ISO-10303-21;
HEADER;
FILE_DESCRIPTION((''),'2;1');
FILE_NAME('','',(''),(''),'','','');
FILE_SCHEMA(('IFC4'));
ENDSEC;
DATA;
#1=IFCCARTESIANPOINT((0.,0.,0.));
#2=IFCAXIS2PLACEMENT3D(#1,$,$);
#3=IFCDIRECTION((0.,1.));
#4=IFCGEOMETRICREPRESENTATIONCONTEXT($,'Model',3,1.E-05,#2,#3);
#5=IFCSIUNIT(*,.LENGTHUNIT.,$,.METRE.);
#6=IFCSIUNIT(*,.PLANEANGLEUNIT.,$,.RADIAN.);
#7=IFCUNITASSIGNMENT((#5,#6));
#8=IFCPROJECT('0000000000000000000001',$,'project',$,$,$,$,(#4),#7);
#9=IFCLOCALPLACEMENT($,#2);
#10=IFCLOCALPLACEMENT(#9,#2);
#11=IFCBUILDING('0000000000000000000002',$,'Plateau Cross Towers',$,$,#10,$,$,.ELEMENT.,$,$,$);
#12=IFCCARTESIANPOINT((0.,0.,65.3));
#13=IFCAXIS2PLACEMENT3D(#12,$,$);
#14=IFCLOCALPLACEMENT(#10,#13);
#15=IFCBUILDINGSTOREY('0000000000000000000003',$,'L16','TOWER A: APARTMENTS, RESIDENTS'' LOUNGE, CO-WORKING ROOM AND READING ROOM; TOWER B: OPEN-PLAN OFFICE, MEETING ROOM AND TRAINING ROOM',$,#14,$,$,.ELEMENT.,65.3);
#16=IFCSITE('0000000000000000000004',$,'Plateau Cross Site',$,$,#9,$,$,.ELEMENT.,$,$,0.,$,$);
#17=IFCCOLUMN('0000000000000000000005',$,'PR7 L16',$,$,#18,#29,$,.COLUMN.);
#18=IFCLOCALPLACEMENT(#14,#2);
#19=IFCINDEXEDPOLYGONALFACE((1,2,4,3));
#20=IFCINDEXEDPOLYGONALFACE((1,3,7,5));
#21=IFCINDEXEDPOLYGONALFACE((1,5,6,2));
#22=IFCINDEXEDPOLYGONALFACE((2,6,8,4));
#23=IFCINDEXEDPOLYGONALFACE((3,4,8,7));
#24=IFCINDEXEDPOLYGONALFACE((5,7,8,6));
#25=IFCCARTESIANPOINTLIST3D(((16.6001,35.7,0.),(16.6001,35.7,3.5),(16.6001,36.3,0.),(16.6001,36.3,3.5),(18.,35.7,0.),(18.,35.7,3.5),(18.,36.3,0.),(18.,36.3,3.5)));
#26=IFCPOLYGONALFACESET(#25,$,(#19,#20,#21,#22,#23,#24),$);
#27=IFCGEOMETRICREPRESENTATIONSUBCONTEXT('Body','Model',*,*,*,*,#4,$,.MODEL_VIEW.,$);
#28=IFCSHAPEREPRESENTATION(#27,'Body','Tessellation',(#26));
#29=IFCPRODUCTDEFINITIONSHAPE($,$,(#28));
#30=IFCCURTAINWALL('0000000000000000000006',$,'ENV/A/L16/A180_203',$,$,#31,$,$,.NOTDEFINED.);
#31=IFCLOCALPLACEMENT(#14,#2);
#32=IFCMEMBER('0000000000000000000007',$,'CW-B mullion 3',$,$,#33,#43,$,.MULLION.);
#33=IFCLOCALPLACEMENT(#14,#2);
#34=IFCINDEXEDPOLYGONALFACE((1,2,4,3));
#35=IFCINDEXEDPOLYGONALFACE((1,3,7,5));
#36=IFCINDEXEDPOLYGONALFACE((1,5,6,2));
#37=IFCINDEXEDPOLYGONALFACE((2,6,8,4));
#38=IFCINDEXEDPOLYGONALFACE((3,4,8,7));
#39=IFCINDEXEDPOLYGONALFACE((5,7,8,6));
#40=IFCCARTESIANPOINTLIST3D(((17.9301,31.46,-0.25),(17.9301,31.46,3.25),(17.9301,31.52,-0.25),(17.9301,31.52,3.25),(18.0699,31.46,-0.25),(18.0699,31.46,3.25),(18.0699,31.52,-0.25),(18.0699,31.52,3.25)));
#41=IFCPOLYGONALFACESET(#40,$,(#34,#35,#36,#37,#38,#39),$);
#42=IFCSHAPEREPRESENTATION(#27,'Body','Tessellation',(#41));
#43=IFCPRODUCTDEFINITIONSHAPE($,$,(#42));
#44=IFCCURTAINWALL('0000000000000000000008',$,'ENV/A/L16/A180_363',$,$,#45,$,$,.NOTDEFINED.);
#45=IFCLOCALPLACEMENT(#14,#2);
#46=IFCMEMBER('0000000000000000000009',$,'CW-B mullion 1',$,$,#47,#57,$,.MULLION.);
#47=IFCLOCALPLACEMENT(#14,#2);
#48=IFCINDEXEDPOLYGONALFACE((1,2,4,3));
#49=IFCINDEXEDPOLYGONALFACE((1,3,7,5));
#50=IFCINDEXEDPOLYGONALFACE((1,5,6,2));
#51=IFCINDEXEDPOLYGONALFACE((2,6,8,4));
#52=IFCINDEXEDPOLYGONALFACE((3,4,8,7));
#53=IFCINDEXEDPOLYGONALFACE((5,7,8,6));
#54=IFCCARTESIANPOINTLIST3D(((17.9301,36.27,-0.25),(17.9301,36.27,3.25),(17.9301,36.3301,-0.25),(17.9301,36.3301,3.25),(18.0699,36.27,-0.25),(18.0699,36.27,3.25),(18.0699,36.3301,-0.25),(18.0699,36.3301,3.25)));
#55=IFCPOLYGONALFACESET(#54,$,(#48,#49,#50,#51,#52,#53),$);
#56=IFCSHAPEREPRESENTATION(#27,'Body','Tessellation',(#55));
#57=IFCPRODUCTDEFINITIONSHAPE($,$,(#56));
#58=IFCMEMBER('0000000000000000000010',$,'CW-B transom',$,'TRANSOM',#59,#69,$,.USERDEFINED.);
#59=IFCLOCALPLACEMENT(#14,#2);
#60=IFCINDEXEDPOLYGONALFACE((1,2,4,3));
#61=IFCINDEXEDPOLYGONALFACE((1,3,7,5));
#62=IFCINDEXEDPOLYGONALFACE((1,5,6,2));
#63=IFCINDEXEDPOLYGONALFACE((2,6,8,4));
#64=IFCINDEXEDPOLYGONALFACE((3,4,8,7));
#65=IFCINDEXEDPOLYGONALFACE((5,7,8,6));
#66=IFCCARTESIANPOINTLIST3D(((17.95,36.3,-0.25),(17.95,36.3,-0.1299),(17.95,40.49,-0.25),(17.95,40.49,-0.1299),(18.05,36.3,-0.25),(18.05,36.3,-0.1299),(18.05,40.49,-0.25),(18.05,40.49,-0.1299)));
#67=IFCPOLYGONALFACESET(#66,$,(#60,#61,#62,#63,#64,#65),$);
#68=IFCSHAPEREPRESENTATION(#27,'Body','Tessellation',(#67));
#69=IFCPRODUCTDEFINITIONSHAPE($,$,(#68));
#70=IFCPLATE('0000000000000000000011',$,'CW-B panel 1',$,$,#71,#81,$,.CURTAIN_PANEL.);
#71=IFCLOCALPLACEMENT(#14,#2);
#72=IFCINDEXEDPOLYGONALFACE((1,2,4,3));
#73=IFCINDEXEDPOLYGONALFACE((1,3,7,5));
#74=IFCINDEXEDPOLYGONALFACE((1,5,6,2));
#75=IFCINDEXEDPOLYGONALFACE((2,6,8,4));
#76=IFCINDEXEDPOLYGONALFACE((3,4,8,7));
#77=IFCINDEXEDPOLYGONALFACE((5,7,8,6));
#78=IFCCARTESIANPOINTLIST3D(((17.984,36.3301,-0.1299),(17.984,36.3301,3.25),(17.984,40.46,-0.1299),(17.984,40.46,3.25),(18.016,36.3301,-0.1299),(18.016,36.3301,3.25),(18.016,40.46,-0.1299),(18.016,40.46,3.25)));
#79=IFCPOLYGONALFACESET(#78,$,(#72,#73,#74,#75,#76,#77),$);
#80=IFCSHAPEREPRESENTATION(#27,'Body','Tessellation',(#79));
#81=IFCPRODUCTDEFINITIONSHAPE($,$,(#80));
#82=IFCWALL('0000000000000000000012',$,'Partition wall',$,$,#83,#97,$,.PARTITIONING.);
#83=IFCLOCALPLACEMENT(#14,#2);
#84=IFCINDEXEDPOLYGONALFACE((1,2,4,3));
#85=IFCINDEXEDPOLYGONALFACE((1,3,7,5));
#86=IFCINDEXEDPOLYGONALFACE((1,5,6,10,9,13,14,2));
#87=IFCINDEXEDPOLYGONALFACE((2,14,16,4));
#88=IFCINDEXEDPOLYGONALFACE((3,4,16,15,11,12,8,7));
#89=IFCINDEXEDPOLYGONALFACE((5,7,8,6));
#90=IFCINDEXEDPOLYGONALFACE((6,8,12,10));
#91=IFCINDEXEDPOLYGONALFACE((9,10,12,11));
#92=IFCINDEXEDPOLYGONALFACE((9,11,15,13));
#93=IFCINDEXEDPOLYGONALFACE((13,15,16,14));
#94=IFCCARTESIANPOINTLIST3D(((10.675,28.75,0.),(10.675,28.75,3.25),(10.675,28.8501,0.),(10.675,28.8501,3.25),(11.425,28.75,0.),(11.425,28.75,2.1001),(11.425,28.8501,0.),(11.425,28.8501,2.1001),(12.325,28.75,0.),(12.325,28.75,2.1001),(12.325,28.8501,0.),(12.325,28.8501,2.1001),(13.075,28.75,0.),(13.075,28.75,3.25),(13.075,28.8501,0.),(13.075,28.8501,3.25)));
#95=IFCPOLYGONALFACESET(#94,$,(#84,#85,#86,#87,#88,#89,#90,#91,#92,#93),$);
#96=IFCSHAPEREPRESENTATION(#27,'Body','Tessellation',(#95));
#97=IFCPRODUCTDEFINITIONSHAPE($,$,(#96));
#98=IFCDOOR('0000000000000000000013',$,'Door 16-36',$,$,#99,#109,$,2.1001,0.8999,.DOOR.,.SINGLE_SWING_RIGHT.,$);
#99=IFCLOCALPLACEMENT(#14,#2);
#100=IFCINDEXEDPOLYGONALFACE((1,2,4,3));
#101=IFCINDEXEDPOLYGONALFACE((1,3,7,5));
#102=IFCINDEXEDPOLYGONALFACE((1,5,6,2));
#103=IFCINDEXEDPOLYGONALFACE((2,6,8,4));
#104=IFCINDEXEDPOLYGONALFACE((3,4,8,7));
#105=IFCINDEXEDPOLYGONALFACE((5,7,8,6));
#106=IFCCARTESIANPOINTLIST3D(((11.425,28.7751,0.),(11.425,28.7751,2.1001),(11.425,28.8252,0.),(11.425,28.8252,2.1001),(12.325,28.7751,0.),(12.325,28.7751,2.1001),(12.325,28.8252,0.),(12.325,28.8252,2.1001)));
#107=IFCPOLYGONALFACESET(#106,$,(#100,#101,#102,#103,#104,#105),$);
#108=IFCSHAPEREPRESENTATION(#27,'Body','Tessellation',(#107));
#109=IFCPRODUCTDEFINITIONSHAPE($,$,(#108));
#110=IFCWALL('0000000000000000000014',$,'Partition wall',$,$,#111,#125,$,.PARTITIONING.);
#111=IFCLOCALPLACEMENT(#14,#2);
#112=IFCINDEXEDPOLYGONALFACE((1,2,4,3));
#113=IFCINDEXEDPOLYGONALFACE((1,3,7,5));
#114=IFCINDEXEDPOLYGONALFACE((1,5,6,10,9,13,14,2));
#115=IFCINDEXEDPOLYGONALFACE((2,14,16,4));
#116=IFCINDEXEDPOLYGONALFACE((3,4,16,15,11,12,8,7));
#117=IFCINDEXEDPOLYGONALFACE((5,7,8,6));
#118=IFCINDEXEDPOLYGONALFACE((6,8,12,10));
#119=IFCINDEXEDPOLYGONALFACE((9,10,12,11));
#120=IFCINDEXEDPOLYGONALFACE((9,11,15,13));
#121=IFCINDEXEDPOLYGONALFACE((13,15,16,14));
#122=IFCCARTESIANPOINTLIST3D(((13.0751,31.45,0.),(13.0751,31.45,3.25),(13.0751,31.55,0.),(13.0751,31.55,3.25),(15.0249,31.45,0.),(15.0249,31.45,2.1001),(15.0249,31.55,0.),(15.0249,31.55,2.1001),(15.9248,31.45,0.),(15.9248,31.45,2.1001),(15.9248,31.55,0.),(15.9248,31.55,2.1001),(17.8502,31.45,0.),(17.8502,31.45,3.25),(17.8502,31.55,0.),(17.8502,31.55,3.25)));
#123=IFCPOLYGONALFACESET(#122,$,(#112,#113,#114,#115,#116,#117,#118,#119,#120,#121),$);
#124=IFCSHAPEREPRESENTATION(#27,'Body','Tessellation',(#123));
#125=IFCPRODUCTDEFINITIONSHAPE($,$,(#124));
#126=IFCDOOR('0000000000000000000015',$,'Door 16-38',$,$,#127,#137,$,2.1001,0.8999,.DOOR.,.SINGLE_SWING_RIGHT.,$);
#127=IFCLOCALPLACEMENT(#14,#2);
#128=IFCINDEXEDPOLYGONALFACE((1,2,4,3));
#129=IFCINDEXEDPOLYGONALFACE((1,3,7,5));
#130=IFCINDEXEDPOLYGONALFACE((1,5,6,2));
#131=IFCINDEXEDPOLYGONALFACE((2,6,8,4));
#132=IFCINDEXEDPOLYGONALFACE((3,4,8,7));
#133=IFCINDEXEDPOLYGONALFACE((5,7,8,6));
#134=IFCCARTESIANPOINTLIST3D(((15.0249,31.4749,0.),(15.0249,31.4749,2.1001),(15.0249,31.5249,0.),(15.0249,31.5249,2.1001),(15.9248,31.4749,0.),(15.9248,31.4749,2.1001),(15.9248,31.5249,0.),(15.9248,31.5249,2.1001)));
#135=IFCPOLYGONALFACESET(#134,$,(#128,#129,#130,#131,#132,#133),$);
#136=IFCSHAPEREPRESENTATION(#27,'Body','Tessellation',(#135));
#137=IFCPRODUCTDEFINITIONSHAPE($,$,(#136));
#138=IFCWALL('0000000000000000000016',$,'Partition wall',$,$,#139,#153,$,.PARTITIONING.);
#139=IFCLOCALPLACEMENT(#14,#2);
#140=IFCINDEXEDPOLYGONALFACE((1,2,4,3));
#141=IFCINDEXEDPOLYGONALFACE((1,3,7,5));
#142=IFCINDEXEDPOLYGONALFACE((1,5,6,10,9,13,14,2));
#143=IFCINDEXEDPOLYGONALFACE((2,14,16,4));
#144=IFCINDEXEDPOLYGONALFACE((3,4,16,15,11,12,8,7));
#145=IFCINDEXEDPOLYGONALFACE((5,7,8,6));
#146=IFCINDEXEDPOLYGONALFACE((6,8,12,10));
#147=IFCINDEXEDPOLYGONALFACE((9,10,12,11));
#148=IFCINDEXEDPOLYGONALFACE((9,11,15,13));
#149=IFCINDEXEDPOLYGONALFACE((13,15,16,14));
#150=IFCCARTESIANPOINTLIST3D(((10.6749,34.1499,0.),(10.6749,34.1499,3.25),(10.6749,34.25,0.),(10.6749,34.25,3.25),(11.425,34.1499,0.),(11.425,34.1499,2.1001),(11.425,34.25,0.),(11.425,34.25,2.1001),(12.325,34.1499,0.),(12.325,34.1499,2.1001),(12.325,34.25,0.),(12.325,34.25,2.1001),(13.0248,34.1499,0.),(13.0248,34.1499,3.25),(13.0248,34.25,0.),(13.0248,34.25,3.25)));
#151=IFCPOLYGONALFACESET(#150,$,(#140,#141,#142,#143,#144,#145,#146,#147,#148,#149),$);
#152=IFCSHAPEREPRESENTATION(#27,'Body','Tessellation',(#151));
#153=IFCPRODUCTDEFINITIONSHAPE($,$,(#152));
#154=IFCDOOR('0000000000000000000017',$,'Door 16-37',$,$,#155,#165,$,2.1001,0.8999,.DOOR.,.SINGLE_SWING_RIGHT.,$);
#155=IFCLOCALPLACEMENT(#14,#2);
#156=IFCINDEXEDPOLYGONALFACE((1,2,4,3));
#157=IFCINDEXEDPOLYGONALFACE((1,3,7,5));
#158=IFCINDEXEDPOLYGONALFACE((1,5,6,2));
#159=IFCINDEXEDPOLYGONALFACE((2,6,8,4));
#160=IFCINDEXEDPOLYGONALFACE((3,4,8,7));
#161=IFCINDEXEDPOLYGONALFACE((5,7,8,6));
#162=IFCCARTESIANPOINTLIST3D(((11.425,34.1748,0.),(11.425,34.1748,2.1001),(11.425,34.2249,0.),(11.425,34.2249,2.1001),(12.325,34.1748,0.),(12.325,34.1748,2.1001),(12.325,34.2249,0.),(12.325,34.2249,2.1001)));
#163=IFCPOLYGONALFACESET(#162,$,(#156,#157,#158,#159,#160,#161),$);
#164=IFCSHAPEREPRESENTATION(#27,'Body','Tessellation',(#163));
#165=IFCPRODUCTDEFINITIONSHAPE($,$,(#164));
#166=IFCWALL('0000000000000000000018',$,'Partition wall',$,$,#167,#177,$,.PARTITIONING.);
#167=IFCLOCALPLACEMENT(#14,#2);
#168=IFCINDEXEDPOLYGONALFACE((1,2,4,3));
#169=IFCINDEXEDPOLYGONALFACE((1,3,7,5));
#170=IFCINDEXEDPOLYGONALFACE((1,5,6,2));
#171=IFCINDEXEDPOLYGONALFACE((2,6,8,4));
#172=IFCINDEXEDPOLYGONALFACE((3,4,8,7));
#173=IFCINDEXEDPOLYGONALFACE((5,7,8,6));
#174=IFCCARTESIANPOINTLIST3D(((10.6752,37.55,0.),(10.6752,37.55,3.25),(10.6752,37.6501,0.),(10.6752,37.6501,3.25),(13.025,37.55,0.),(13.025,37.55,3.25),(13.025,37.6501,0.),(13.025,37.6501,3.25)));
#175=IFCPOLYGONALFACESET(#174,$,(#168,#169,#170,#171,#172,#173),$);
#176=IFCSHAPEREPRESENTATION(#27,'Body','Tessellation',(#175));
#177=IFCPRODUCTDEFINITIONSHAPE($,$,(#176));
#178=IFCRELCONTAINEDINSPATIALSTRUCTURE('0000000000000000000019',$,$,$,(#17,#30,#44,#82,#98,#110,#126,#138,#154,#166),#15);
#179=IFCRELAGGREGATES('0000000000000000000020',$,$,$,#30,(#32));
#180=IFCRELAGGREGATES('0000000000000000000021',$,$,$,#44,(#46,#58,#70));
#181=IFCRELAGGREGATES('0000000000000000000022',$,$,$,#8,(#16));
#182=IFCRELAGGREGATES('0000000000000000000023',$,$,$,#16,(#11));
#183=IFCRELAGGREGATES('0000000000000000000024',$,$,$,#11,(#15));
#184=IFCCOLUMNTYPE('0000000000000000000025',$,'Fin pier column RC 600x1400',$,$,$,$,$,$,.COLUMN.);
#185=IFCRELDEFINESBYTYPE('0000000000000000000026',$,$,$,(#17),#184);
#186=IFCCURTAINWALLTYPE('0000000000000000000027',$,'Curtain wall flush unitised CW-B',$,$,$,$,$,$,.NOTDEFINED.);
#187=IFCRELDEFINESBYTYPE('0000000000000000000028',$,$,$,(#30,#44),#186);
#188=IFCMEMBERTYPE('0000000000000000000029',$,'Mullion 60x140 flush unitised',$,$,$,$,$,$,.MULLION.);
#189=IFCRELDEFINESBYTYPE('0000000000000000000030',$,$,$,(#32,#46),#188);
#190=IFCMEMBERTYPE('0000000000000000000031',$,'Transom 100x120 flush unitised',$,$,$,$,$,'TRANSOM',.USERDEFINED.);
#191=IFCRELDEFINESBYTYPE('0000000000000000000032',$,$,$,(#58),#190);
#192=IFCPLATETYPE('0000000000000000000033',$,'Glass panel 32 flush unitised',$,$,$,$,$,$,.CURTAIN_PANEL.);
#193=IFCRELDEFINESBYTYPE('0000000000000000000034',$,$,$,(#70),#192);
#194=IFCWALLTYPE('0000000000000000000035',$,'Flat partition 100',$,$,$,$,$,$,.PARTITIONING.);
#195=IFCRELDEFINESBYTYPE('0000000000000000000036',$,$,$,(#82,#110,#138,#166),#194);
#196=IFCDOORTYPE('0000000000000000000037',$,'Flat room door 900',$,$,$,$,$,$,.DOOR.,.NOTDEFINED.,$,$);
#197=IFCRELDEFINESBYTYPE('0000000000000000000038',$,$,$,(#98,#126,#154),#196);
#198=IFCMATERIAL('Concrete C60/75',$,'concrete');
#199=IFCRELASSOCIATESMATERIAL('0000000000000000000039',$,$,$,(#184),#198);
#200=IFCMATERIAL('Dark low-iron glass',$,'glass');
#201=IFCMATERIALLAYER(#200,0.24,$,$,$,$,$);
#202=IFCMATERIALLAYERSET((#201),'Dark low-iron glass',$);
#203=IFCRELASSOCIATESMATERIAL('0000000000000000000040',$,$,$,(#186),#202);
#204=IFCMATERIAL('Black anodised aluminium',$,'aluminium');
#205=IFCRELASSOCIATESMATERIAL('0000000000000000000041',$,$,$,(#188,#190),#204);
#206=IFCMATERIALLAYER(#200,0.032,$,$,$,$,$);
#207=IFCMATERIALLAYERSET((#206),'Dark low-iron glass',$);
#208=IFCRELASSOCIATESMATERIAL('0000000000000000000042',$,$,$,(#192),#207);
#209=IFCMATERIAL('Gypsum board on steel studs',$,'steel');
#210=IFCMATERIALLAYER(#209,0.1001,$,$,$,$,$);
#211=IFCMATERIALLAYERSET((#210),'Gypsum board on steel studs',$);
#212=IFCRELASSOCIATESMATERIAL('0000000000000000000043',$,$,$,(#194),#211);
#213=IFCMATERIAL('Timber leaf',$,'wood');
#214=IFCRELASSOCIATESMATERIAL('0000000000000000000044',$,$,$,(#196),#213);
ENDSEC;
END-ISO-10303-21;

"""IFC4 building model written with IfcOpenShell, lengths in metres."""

from ifc_helpers import new_model, si_unit, direction, frame, frame_2d, origin, origin_2d, place, context, subcontext, project, spatial, rectangle, extrude, material, layer, layer_set, material_profile, profile_set, type_object, element, fill, aggregate, save


model = new_model("IFC4")

# Units and contexts
model_context = context("Model", 3, precision=1e-05, world=origin(), true_north=direction((0.0, 1.0)))
body_context = subcontext(model_context, "Body", "Model", "MODEL_VIEW")
ifc_project = project(units=[si_unit("LENGTHUNIT", "METRE"), si_unit("PLANEANGLEUNIT", "RADIAN")], contexts=[model_context])

# Site, building, storey
site_placement = place(None, origin())
site = spatial("IfcSite", under=ifc_project, at=site_placement, Name="Plateau Cross Site", CompositionType="ELEMENT", RefElevation=0.0)
building_placement = place(site_placement, origin())
building = spatial("IfcBuilding", under=site, at=building_placement, Name="Plateau Cross Towers", CompositionType="ELEMENT")
storey_placement = place(building_placement, frame((0.0, 0.0, 65.3)))
storey = spatial("IfcBuildingStorey", under=building, at=storey_placement, Name="L16", Description="TOWER A: APARTMENTS, RESIDENTS' LOUNGE, CO-WORKING ROOM AND READING ROOM; TOWER B: OPEN-PLAN OFFICE, MEETING ROOM AND TRAINING ROOM", CompositionType="ELEMENT", Elevation=65.3)

# Column
ifc_material_1 = material(Name="Concrete C60/75", Category="concrete")
ifc_material_profile_1 = material_profile(ifc_material_1, rectangle(XDim=0.6001, YDim=1.3999, at=origin_2d()), Name="RC 600x1400")
ifc_profile_set_1 = profile_set([ifc_material_profile_1], Name="Concrete C60/75")
column_type = type_object("IfcColumnType", Name="Fin pier column RC 600x1400", PredefinedType="COLUMN", material=ifc_profile_set_1)
column_placement = place(storey_placement, frame((17.3, 36.0, 0.0), z_axis=(0.0, 0.0, 1.0), x_axis=(0.0, 1.0, 0.0)))
element("IfcColumn", 1, at=column_placement, inside=storey, type_object=column_type, Name="PR7 L16", PredefinedType="COLUMN", context=body_context, shape_type="SweptSolid", body=[
    extrude(rectangle(XDim=0.6001, YDim=1.3999, at=origin_2d()), origin(), (0.0, 0.0, 1.0), 3.5),
])

# Curtain wall, member
ifc_material_2 = material(Name="Dark low-iron glass", Category="glass")
ifc_layer_1 = layer(ifc_material_2, 0.24)
ifc_layer_set_1 = layer_set([ifc_layer_1], Name="Dark low-iron glass")
curtain_wall_type = type_object("IfcCurtainWallType", Name="Curtain wall flush unitised CW-B", PredefinedType="NOTDEFINED", material=ifc_layer_set_1)
curtain_wall_1_placement = place(storey_placement, origin())
curtain_wall_1 = element("IfcCurtainWall", 2, at=curtain_wall_1_placement, inside=storey, type_object=curtain_wall_type, Name="ENV/A/L16/A180_203", PredefinedType="NOTDEFINED")
ifc_material_3 = material(Name="Black anodised aluminium", Category="aluminium")
ifc_material_profile_2 = material_profile(ifc_material_3, rectangle(XDim=0.0601, YDim=0.1399, at=origin_2d()), Name="MULLION 60x140")
ifc_profile_set_2 = profile_set([ifc_material_profile_2], Name="Black anodised aluminium")
member_type_1 = type_object("IfcMemberType", Name="Mullion 60x140 flush unitised", PredefinedType="MULLION", material=ifc_profile_set_2)
member_1_placement = place(storey_placement, frame((18.0, 31.49, -0.25), z_axis=(0.0, 0.0, 1.0), x_axis=(0.0, 1.0, 0.0)))
member_1 = element("IfcMember", 3, at=member_1_placement, type_object=member_type_1, Name="CW-B mullion 3", PredefinedType="MULLION", context=body_context, shape_type="SweptSolid", body=[
    extrude(rectangle(XDim=0.0601, YDim=0.1399, at=origin_2d()), origin(), (0.0, 0.0, 1.0), 3.5),
])
aggregate(curtain_wall_1, [member_1])

# Curtain wall, members, plate
curtain_wall_2_placement = place(storey_placement, origin())
curtain_wall_2 = element("IfcCurtainWall", 4, at=curtain_wall_2_placement, inside=storey, type_object=curtain_wall_type, Name="ENV/A/L16/A180_363", PredefinedType="NOTDEFINED")
member_2_placement = place(storey_placement, frame((18.0, 36.3, -0.25), z_axis=(0.0, 0.0, 1.0), x_axis=(0.0, 1.0, 0.0)))
member_2 = element("IfcMember", 5, at=member_2_placement, type_object=member_type_1, Name="CW-B mullion 1", PredefinedType="MULLION", context=body_context, shape_type="SweptSolid", body=[
    extrude(rectangle(XDim=0.0601, YDim=0.1399, at=origin_2d()), origin(), (0.0, 0.0, 1.0), 3.5),
])
ifc_material_profile_3 = material_profile(ifc_material_3, rectangle(XDim=0.1001, YDim=0.1201, at=origin_2d()), Name="TRANSOM 100x120")
ifc_profile_set_3 = profile_set([ifc_material_profile_3], Name="Black anodised aluminium")
member_type_2 = type_object("IfcMemberType", Name="Transom 100x120 flush unitised", ElementType="TRANSOM", PredefinedType="USERDEFINED", material=ifc_profile_set_3)
member_3_placement = place(storey_placement, frame((18.0, 36.3, -0.1899), z_axis=(0.0, 1.0, 0.0), x_axis=(-1.0, 0.0, 0.0)))
member_3 = element("IfcMember", 6, at=member_3_placement, type_object=member_type_2, Name="CW-B transom", ObjectType="TRANSOM", PredefinedType="USERDEFINED", context=body_context, shape_type="SweptSolid", body=[
    extrude(rectangle(XDim=0.1001, YDim=0.1201, at=origin_2d()), origin(), (0.0, 0.0, 1.0), 4.1899),
])
ifc_layer_2 = layer(ifc_material_2, 0.032)
ifc_layer_set_2 = layer_set([ifc_layer_2], Name="Dark low-iron glass")
plate_type = type_object("IfcPlateType", Name="Glass panel 32 flush unitised", PredefinedType="CURTAIN_PANEL", material=ifc_layer_set_2)
plate_placement = place(storey_placement, frame((18.0, 38.395, -0.1299), z_axis=(0.0, 0.0, 1.0), x_axis=(0.0, 1.0, 0.0)))
plate = element("IfcPlate", 7, at=plate_placement, type_object=plate_type, Name="CW-B panel 1", PredefinedType="CURTAIN_PANEL", context=body_context, shape_type="SweptSolid", body=[
    extrude(rectangle(XDim=4.1299, YDim=0.032, at=origin_2d()), origin(), (0.0, 0.0, 1.0), 3.3799),
])
aggregate(curtain_wall_2, [member_2, member_3, plate])

# Walls, openings, doors
ifc_material_4 = material(Name="Gypsum board on steel studs", Category="steel")
ifc_layer_3 = layer(ifc_material_4, 0.1001)
ifc_layer_set_3 = layer_set([ifc_layer_3], Name="Gypsum board on steel studs")
wall_type_1 = type_object("IfcWallType", Name="Flat partition 100", PredefinedType="PARTITIONING", material=ifc_layer_set_3)
wall_1_placement = place(storey_placement, frame((13.075, 28.8, 0.0), z_axis=(0.0, 0.0, 1.0), x_axis=(-1.0, 0.0, 0.0)))
wall_1 = element("IfcWall", 8, at=wall_1_placement, inside=storey, type_object=wall_type_1, Name="Partition wall", PredefinedType="PARTITIONING", context=body_context, shape_type="SweptSolid", body=[
    extrude(rectangle(XDim=2.3999, YDim=0.1001, at=frame_2d((1.2, 0.0))), origin(), (0.0, 0.0, 1.0), 3.25),
])
opening_1_placement = place(wall_1_placement, frame((0.75, 0.0, 0.0)))
opening_1 = element("IfcOpeningElement", 9, at=opening_1_placement, cuts=wall_1, PredefinedType="OPENING", context=body_context, shape_type="SweptSolid", body=[
    extrude(rectangle(XDim=0.8999, YDim=2.1001, at=frame_2d((0.45, 1.05))), frame((0.0, 0.0601, 0.0), z_axis=(0.0, -1.0, 0.0), x_axis=(1.0, 0.0, 0.0)), (0.0, 0.0, 1.0), 0.1201),
])
ifc_material_5 = material(Name="Timber leaf", Category="wood")
door_type_1 = type_object("IfcDoorType", Name="Flat room door 900", OperationType="NOTDEFINED", PredefinedType="DOOR", material=ifc_material_5)
door_1_placement = place(opening_1_placement, origin())
door_1 = element("IfcDoor", 10, at=door_1_placement, inside=storey, type_object=door_type_1, Name="Door 16-36", OperationType="SINGLE_SWING_RIGHT", OverallHeight=2.1001, OverallWidth=0.8999, PredefinedType="DOOR", context=body_context, shape_type="SweptSolid", body=[
    extrude(rectangle(XDim=0.8999, YDim=2.1001, at=frame_2d((0.45, 1.05))), frame((0.0, 0.0249, 0.0), z_axis=(0.0, -1.0, 0.0), x_axis=(1.0, 0.0, 0.0)), (0.0, 0.0, 1.0), 0.05),
])
fill(opening_1, door_1)
wall_2_placement = place(storey_placement, frame((13.075, 31.5, 0.0), z_axis=(0.0, 0.0, 1.0), x_axis=(1.0, 0.0, 0.0)))
wall_2 = element("IfcWall", 11, at=wall_2_placement, inside=storey, type_object=wall_type_1, Name="Partition wall", PredefinedType="PARTITIONING", context=body_context, shape_type="SweptSolid", body=[
    extrude(rectangle(XDim=4.7751, YDim=0.1001, at=frame_2d((2.3877, 0.0))), origin(), (0.0, 0.0, 1.0), 3.25),
])
opening_2_placement = place(wall_2_placement, frame((1.95, 0.0, 0.0)))
opening_2 = element("IfcOpeningElement", 12, at=opening_2_placement, cuts=wall_2, PredefinedType="OPENING", context=body_context, shape_type="SweptSolid", body=[
    extrude(rectangle(XDim=0.8999, YDim=2.1001, at=frame_2d((0.45, 1.05))), frame((0.0, 0.0601, 0.0), z_axis=(0.0, -1.0, 0.0), x_axis=(1.0, 0.0, 0.0)), (0.0, 0.0, 1.0), 0.1201),
])
door_2_placement = place(opening_2_placement, origin())
door_2 = element("IfcDoor", 13, at=door_2_placement, inside=storey, type_object=door_type_1, Name="Door 16-38", OperationType="SINGLE_SWING_RIGHT", OverallHeight=2.1001, OverallWidth=0.8999, PredefinedType="DOOR", context=body_context, shape_type="SweptSolid", body=[
    extrude(rectangle(XDim=0.8999, YDim=2.1001, at=frame_2d((0.45, 1.05))), frame((0.0, 0.0249, 0.0), z_axis=(0.0, -1.0, 0.0), x_axis=(1.0, 0.0, 0.0)), (0.0, 0.0, 1.0), 0.05),
])
fill(opening_2, door_2)
wall_3_placement = place(storey_placement, frame((10.675, 34.2, 0.0), z_axis=(0.0, 0.0, 1.0), x_axis=(1.0, 0.0, 0.0)))
wall_3 = element("IfcWall", 14, at=wall_3_placement, inside=storey, type_object=wall_type_1, Name="Partition wall", PredefinedType="PARTITIONING", context=body_context, shape_type="SweptSolid", body=[
    extrude(rectangle(XDim=2.3499, YDim=0.1001, at=frame_2d((1.1748, 0.0))), origin(), (0.0, 0.0, 1.0), 3.25),
])
opening_3_placement = place(wall_3_placement, frame((0.75, 0.0, 0.0)))
opening_3 = element("IfcOpeningElement", 15, at=opening_3_placement, cuts=wall_3, PredefinedType="OPENING", context=body_context, shape_type="SweptSolid", body=[
    extrude(rectangle(XDim=0.8999, YDim=2.1001, at=frame_2d((0.45, 1.05))), frame((0.0, 0.0601, 0.0), z_axis=(0.0, -1.0, 0.0), x_axis=(1.0, 0.0, 0.0)), (0.0, 0.0, 1.0), 0.1201),
])
door_3_placement = place(opening_3_placement, origin())
door_3 = element("IfcDoor", 16, at=door_3_placement, inside=storey, type_object=door_type_1, Name="Door 16-37", OperationType="SINGLE_SWING_RIGHT", OverallHeight=2.1001, OverallWidth=0.8999, PredefinedType="DOOR", context=body_context, shape_type="SweptSolid", body=[
    extrude(rectangle(XDim=0.8999, YDim=2.1001, at=frame_2d((0.45, 1.05))), frame((0.0, 0.0249, 0.0), z_axis=(0.0, -1.0, 0.0), x_axis=(1.0, 0.0, 0.0)), (0.0, 0.0, 1.0), 0.05),
])
fill(opening_3, door_3)

# Wall
wall_4_placement = place(storey_placement, frame((13.0249, 37.6001, 0.0), z_axis=(0.0, 0.0, 1.0), x_axis=(-1.0, 0.0, 0.0)))
element("IfcWall", 17, at=wall_4_placement, inside=storey, type_object=wall_type_1, Name="Partition wall", PredefinedType="PARTITIONING", context=body_context, shape_type="SweptSolid", body=[
    extrude(rectangle(XDim=2.3499, YDim=0.1001, at=frame_2d((1.1748, 0.0))), origin(), (0.0, 0.0, 1.0), 3.25),
])

save(model, "model.ifc")
